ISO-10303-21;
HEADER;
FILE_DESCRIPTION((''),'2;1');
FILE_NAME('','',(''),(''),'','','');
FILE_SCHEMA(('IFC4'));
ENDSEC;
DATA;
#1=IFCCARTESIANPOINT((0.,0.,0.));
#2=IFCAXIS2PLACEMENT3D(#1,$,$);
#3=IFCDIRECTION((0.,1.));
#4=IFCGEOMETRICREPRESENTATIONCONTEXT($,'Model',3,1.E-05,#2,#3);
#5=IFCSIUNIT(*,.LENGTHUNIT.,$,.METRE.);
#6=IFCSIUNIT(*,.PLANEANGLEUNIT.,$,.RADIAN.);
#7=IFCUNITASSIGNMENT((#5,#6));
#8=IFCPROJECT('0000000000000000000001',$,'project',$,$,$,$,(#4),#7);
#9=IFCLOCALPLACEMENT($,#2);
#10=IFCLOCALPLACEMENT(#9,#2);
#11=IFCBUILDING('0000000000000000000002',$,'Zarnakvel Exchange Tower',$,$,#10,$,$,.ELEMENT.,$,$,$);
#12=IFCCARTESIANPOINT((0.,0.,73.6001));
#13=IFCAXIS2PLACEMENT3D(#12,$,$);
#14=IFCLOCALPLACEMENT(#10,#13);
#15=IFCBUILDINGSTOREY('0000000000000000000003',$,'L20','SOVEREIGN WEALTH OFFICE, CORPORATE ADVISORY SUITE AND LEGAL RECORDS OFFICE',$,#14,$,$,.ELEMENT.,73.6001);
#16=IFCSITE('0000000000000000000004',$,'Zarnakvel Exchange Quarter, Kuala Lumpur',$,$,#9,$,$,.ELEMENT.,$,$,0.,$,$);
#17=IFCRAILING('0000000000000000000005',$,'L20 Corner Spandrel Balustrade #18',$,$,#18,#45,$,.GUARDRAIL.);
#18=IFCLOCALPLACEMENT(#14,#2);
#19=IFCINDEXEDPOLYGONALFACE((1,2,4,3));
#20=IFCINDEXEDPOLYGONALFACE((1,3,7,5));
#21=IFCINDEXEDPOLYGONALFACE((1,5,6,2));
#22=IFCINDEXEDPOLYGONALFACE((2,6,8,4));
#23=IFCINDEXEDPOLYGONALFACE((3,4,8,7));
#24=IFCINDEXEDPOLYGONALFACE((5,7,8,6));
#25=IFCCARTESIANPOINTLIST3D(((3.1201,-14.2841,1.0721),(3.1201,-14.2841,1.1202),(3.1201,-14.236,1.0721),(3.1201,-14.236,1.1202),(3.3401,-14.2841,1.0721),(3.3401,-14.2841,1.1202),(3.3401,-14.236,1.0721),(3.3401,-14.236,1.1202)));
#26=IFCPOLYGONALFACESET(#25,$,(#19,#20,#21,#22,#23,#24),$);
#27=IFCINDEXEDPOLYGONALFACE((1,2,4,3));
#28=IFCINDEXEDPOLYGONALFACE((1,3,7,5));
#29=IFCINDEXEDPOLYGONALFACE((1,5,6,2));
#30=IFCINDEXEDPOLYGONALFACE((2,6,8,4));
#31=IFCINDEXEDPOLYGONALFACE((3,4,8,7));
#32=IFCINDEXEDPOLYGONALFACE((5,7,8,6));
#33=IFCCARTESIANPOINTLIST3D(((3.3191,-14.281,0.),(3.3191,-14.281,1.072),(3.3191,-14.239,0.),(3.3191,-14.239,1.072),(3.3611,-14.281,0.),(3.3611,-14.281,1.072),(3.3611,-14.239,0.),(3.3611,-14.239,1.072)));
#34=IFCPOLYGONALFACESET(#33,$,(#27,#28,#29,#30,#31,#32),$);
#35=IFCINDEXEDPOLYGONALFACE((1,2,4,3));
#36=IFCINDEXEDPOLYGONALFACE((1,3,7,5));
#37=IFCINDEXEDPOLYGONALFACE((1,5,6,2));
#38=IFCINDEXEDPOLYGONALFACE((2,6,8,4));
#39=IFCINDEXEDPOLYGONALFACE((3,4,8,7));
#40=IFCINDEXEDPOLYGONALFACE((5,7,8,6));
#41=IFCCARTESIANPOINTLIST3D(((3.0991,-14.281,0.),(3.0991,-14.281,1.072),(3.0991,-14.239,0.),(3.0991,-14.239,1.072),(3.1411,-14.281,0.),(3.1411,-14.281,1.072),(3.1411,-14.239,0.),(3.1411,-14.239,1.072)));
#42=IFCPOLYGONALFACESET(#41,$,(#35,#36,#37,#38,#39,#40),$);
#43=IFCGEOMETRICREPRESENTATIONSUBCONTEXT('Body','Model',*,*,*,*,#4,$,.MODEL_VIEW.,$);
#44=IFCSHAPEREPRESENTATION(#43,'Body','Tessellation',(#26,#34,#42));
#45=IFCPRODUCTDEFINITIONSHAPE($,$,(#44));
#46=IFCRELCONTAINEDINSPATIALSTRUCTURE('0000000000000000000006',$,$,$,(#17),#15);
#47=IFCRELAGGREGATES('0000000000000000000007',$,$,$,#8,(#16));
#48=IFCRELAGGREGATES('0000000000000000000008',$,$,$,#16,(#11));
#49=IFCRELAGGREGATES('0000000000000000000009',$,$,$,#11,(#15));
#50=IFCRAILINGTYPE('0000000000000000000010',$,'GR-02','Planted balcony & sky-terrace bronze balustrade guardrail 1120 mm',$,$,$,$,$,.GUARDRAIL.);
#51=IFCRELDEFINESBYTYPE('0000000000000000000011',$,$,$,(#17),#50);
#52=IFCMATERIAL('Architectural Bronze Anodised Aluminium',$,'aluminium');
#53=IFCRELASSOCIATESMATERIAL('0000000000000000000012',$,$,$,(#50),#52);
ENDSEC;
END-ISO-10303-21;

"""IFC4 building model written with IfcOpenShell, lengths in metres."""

from ifc_helpers import new_model, si_unit, direction, frame, origin, origin_2d, place, context, subcontext, project, spatial, rectangle, extrude, material, type_object, element, save


model = new_model("IFC4")

# Units and contexts
model_context = context("Model", 3, precision=1e-05, world=origin(), true_north=direction((0.0, 1.0)))
body_context = subcontext(model_context, "Body", "Model", "MODEL_VIEW")
ifc_project = project(units=[si_unit("LENGTHUNIT", "METRE"), si_unit("PLANEANGLEUNIT", "RADIAN")], contexts=[model_context])

# Site, building, storey
site_placement = place(None, origin())
site = spatial("IfcSite", under=ifc_project, at=site_placement, Name="Zarnakvel Exchange Quarter, Kuala Lumpur", CompositionType="ELEMENT", RefElevation=0.0)
building_placement = place(site_placement, origin())
building = spatial("IfcBuilding", under=site, at=building_placement, Name="Zarnakvel Exchange Tower", CompositionType="ELEMENT")
storey_placement = place(building_placement, frame((0.0, 0.0, 73.6001)))
storey = spatial("IfcBuildingStorey", under=building, at=storey_placement, Name="L20", Description="SOVEREIGN WEALTH OFFICE, CORPORATE ADVISORY SUITE AND LEGAL RECORDS OFFICE", CompositionType="ELEMENT", Elevation=73.6001)

# Shared definitions
ifc_material_1 = material(Name="Architectural Bronze Anodised Aluminium", Category="aluminium")

# Railing
railing_type = type_object("IfcRailingType", Name="GR-02", Description="Planted balcony & sky-terrace bronze balustrade guardrail 1120 mm", PredefinedType="GUARDRAIL", material=ifc_material_1)
railing_1_placement = place(storey_placement, frame((3.3401, -14.26, 0.0)))
element("IfcRailing", 1, at=railing_1_placement, inside=storey, type_object=railing_type, Name="L20 Corner Spandrel Balustrade #18", PredefinedType="GUARDRAIL", context=body_context, shape_type="SweptSolid", body=[
    extrude(rectangle(XDim=0.0481, YDim=0.0481, at=origin_2d()), frame((0.0, 0.0, 1.0962), z_axis=(-1.0, 0.0, 0.0), x_axis=(0.0, -1.0, 0.0)), (0.0, 0.0, 1.0), 0.22),
    extrude(rectangle(XDim=0.042, YDim=0.042, at=origin_2d()), origin(), (0.0, 0.0, 1.0), 1.072),
    extrude(rectangle(XDim=0.042, YDim=0.042, at=origin_2d()), frame((-0.22, 0.0, 0.0)), (0.0, 0.0, 1.0), 1.072),
])

save(model, "model.ifc")
